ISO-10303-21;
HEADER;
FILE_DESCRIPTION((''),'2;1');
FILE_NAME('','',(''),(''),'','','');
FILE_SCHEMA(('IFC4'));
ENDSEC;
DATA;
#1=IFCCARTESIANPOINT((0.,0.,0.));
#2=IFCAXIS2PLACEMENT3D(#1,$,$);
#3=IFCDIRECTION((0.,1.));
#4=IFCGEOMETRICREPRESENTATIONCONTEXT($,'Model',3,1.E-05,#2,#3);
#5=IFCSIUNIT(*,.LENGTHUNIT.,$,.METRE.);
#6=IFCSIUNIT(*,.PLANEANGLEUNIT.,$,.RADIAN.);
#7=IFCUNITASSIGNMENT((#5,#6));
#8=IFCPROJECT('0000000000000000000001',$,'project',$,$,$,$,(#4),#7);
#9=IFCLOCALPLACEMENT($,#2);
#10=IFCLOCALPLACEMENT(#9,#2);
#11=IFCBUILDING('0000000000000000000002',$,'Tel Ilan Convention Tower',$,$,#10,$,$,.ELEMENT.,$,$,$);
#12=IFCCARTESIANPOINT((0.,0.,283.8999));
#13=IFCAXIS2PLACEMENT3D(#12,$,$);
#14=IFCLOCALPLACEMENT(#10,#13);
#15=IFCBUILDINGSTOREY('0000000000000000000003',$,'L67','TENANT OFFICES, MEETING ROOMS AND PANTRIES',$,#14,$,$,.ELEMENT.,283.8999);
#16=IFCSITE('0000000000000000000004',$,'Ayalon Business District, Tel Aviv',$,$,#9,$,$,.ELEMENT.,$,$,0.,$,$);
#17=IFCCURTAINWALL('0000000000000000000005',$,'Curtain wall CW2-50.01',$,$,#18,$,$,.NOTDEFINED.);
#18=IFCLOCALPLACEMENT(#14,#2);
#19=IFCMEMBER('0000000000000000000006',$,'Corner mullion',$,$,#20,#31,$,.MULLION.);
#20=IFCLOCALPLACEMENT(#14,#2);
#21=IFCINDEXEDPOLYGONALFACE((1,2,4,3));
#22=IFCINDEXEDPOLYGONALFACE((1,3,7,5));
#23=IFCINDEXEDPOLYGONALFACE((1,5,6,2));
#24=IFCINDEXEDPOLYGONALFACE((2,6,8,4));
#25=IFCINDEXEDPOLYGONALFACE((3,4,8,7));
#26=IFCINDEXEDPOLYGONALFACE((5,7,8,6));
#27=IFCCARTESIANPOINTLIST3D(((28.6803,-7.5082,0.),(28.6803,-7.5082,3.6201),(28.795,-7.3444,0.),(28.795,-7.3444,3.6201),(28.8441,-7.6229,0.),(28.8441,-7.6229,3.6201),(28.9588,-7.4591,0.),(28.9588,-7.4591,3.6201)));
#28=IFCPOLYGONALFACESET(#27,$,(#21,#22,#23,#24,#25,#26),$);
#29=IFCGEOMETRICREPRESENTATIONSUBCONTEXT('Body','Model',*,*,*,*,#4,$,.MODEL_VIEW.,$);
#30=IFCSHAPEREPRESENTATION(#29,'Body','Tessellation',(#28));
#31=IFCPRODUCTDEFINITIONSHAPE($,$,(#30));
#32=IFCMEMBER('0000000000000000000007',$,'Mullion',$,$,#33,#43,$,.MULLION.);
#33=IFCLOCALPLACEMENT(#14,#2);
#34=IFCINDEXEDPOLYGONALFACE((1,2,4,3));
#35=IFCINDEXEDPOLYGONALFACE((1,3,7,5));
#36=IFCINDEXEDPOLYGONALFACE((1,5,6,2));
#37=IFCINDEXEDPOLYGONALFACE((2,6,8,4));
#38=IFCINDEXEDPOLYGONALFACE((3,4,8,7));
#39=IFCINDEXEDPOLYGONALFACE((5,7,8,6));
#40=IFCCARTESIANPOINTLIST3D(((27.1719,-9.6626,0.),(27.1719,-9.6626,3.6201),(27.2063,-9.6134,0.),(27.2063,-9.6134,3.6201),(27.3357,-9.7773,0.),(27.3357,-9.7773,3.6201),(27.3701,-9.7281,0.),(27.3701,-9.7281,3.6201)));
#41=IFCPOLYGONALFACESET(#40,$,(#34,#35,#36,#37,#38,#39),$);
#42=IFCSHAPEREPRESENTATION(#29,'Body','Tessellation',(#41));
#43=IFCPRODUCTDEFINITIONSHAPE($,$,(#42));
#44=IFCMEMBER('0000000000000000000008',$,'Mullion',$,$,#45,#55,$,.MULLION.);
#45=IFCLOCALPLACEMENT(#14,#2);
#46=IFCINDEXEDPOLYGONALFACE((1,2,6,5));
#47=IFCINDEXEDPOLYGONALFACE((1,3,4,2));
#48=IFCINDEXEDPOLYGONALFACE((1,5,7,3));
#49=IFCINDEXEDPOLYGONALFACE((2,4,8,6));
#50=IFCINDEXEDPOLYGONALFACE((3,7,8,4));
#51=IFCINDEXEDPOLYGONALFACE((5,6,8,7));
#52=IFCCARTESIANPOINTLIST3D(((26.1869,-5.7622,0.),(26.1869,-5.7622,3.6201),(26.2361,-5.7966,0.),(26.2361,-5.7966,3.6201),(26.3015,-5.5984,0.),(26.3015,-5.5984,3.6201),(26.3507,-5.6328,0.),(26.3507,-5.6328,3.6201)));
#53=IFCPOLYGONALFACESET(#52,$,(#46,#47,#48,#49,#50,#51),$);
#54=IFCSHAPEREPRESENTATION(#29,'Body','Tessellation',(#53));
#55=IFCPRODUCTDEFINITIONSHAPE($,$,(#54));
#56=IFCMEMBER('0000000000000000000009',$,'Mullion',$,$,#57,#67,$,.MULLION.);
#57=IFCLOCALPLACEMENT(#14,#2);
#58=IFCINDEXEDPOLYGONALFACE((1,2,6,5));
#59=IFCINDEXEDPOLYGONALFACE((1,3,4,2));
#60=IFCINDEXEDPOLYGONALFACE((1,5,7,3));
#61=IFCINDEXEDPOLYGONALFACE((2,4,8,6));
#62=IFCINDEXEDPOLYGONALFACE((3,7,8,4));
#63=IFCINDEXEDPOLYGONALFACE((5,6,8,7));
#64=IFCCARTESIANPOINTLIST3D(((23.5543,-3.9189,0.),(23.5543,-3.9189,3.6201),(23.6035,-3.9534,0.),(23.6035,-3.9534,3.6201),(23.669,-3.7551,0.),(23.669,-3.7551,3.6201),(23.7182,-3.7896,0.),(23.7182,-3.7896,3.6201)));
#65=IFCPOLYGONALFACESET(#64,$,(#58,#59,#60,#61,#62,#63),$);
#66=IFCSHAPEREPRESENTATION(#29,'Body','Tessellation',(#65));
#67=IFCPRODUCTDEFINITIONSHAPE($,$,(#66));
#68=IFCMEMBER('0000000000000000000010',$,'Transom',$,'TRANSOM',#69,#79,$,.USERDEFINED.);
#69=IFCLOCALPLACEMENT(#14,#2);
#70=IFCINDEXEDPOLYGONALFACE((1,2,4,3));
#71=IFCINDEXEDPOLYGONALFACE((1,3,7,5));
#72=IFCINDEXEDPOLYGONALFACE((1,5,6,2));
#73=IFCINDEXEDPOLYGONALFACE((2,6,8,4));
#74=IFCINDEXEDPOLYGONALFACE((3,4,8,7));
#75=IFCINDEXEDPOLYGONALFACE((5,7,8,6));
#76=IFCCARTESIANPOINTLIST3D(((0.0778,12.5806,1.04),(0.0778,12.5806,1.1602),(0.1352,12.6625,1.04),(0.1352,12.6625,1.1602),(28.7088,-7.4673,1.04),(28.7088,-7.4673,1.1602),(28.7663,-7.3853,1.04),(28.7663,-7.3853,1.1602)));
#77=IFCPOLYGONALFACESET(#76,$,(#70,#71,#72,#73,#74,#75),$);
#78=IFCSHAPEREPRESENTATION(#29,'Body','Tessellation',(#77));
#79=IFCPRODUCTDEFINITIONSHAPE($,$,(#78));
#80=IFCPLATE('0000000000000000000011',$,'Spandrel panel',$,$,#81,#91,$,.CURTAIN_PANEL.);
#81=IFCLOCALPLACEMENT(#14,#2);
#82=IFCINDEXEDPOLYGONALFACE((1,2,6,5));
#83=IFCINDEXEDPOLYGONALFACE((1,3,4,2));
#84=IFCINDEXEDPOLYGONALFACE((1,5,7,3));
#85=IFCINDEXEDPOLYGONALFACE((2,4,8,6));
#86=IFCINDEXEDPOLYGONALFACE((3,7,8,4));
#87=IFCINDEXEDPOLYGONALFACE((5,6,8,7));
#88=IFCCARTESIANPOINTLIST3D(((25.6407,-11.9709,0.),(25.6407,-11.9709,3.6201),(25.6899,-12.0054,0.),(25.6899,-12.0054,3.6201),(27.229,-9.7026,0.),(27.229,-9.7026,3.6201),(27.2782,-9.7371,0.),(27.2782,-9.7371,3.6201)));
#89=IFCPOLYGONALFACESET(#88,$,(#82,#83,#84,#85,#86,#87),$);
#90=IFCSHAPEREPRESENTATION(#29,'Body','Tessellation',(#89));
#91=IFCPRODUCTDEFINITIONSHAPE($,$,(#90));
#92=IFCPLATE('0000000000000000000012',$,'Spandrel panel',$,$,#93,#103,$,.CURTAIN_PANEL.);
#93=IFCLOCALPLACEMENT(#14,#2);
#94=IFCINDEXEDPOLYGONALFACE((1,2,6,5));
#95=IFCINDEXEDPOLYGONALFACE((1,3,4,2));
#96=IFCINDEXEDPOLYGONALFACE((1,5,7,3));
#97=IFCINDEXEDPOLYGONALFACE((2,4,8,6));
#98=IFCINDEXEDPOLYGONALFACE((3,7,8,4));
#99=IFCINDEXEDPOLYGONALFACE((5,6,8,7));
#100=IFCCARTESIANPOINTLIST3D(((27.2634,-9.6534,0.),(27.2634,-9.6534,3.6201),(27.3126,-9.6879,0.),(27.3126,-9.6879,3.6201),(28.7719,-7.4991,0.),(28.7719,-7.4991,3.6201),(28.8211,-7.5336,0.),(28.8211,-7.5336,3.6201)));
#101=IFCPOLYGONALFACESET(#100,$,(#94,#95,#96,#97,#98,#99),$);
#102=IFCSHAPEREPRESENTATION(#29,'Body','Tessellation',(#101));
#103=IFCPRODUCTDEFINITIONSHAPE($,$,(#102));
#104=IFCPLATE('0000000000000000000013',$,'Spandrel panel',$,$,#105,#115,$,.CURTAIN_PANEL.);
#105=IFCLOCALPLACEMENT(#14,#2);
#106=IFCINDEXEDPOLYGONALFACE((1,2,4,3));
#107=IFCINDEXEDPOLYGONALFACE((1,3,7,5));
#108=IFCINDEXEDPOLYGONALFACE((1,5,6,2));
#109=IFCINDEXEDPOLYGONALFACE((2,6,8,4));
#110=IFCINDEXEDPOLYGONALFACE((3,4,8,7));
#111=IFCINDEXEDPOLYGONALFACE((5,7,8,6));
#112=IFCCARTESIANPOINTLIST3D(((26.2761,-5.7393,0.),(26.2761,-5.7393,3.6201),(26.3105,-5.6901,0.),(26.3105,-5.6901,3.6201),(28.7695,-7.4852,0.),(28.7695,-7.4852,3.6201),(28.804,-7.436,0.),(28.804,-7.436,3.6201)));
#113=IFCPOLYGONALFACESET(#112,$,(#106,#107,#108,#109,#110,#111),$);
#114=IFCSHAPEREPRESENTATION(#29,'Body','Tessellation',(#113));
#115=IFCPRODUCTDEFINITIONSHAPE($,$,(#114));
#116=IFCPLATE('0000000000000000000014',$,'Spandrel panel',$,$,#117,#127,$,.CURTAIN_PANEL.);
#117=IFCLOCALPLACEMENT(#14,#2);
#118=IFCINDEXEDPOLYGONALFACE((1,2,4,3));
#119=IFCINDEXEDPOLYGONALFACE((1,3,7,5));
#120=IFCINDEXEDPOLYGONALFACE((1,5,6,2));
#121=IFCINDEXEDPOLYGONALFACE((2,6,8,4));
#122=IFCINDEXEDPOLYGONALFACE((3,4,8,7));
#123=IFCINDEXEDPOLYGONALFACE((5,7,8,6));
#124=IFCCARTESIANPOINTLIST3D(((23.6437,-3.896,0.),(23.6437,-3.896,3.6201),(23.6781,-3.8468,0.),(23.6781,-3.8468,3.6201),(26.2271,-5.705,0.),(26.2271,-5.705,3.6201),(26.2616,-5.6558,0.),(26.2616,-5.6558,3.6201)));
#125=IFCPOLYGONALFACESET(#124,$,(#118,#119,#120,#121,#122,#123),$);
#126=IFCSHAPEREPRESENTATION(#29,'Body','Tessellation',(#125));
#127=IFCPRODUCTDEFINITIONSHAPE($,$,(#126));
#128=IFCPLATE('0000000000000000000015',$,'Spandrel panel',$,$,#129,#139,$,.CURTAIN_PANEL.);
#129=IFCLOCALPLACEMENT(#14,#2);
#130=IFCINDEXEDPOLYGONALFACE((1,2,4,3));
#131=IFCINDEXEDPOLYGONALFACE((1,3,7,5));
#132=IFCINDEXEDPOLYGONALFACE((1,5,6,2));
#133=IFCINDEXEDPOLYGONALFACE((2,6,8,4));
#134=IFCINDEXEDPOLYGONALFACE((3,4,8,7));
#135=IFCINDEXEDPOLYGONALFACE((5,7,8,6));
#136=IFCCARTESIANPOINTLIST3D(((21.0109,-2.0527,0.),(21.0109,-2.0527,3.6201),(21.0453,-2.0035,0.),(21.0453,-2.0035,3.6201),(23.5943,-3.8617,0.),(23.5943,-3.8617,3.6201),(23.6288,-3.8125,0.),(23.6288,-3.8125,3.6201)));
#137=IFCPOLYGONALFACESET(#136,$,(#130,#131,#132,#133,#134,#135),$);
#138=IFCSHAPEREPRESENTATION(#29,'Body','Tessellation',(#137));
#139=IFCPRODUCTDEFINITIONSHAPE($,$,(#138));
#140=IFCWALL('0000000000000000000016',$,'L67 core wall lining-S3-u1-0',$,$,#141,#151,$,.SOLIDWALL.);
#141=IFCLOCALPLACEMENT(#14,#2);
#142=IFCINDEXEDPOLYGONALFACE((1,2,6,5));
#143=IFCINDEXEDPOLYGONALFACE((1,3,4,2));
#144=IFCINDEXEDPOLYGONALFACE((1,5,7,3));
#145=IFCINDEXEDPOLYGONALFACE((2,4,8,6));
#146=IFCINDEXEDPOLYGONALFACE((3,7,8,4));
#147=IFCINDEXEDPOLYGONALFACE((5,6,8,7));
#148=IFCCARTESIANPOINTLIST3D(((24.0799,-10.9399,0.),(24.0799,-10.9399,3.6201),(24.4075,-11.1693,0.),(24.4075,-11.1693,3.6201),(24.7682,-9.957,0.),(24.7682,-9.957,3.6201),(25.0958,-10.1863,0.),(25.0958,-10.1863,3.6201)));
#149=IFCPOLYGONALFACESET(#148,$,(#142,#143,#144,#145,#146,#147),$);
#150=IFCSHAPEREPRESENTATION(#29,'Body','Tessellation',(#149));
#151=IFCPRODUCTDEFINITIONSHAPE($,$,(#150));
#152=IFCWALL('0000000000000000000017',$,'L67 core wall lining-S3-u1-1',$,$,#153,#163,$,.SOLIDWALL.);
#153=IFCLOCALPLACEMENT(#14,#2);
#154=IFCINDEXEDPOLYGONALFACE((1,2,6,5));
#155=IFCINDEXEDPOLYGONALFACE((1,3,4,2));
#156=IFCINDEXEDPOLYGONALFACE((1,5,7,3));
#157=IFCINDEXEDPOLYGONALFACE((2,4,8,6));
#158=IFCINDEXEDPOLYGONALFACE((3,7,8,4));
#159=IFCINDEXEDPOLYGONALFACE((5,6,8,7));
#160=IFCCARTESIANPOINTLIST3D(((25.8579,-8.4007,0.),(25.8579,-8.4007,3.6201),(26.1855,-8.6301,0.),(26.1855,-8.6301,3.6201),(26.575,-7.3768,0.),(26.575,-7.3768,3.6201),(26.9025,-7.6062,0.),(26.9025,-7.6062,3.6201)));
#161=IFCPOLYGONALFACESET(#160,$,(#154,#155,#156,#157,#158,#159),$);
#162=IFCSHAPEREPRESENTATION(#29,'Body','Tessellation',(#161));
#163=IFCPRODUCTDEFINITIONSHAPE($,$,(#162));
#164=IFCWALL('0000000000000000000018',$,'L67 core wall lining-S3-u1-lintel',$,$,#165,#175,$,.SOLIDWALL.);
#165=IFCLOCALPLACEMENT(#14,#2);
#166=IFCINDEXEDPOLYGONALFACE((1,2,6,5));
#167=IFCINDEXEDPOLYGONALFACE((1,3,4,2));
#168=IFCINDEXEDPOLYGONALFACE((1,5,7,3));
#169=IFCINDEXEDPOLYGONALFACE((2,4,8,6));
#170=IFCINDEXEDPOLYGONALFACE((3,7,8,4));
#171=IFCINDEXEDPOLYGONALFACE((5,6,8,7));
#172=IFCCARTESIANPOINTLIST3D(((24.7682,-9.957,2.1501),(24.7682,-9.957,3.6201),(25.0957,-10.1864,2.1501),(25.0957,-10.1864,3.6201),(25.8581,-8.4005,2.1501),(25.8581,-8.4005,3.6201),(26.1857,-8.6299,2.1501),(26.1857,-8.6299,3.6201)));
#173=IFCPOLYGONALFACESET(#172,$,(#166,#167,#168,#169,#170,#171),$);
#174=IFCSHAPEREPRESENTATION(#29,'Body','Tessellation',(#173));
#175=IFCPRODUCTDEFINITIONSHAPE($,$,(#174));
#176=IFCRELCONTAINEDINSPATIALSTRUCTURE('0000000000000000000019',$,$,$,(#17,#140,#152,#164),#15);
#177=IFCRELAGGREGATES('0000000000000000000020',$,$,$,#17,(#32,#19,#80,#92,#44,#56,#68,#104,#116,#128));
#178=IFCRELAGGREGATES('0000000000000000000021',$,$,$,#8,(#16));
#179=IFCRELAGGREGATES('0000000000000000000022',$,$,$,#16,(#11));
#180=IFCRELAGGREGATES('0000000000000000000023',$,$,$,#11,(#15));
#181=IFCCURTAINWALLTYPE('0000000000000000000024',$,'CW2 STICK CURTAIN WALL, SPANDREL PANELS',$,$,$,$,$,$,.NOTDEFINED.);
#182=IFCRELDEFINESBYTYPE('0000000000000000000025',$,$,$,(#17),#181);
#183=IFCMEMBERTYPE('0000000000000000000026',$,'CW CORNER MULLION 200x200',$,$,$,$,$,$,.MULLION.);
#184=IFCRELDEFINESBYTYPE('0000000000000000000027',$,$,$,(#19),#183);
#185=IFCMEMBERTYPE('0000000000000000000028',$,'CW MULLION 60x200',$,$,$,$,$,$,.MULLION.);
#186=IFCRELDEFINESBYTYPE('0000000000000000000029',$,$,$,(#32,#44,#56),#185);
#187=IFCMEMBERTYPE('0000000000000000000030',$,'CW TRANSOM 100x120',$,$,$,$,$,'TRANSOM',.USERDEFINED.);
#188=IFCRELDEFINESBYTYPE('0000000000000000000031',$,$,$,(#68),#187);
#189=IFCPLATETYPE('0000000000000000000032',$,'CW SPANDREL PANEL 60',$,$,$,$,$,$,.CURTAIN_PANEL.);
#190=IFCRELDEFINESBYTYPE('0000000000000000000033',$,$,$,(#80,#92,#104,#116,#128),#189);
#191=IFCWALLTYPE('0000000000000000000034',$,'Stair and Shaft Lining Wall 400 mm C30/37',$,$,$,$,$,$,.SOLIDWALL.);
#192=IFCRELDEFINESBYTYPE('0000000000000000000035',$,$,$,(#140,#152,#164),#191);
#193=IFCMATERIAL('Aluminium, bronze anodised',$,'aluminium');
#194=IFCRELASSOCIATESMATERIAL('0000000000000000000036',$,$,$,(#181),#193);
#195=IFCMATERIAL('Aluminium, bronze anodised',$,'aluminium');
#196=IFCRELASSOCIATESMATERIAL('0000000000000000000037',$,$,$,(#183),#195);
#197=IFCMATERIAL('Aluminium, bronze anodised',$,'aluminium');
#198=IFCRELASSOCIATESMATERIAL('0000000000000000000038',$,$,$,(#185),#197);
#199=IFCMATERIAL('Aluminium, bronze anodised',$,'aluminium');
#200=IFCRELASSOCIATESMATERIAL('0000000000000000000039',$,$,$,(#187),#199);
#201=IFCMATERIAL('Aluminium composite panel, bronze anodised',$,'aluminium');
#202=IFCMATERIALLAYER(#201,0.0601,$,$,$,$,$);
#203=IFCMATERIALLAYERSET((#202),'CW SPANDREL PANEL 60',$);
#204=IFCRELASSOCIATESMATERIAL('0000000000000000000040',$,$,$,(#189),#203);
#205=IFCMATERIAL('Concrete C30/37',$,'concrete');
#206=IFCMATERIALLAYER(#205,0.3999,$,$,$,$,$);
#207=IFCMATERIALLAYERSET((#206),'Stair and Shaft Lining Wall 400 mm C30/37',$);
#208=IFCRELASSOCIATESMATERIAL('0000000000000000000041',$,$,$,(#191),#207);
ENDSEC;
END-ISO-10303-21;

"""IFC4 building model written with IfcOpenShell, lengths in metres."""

from ifc_helpers import new_model, si_unit, direction, frame, frame_2d, origin, origin_2d, place, context, subcontext, project, spatial, rectangle, extrude, material, layer, layer_set, material_profile, profile_set, type_object, element, aggregate, save


model = new_model("IFC4")

# Units and contexts
model_context = context("Model", 3, precision=1e-05, world=origin(), true_north=direction((0.0, 1.0)))
body_context = subcontext(model_context, "Body", "Model", "MODEL_VIEW")
ifc_project = project(units=[si_unit("LENGTHUNIT", "METRE"), si_unit("PLANEANGLEUNIT", "RADIAN")], contexts=[model_context])

# Site, building, storey
site_placement = place(None, origin())
site = spatial("IfcSite", under=ifc_project, at=site_placement, Name="Ayalon Business District, Tel Aviv", CompositionType="ELEMENT", RefElevation=0.0)
building_placement = place(site_placement, origin())
building = spatial("IfcBuilding", under=site, at=building_placement, Name="Tel Ilan Convention Tower", CompositionType="ELEMENT")
storey_placement = place(building_placement, frame((0.0, 0.0, 283.8999)))
storey = spatial("IfcBuildingStorey", under=building, at=storey_placement, Name="L67", Description="TENANT OFFICES, MEETING ROOMS AND PANTRIES", CompositionType="ELEMENT", Elevation=283.8999)

# Curtain wall, members, plates
ifc_material_1 = material(Name="Aluminium, bronze anodised", Category="aluminium")
curtain_wall_type = type_object("IfcCurtainWallType", Name="CW2 STICK CURTAIN WALL, SPANDREL PANELS", PredefinedType="NOTDEFINED", material=ifc_material_1)
curtain_wall_placement = place(storey_placement, origin())
curtain_wall = element("IfcCurtainWall", 1, at=curtain_wall_placement, inside=storey, type_object=curtain_wall_type, Name="Curtain wall CW2-50.01", PredefinedType="NOTDEFINED")
ifc_material_2 = material(Name="Aluminium, bronze anodised", Category="aluminium")
ifc_material_profile_1 = material_profile(ifc_material_2, rectangle(XDim=0.2, YDim=0.2, at=origin_2d()), Name="CW CORNER MULLION 200x200")
ifc_profile_set_1 = profile_set([ifc_material_profile_1], Name="Aluminium, bronze anodised")
member_type_1 = type_object("IfcMemberType", Name="CW CORNER MULLION 200x200", PredefinedType="MULLION", material=ifc_profile_set_1)
member_1_placement = place(storey_placement, frame((28.8196, -7.4836, 0.0), z_axis=(0.0, 0.0, 1.0), x_axis=(0.573576, 0.819152, 0.0)))
member_1 = element("IfcMember", 2, at=member_1_placement, type_object=member_type_1, Name="Corner mullion", PredefinedType="MULLION", context=body_context, shape_type="SweptSolid", body=[
    extrude(rectangle(XDim=0.2, YDim=0.2, at=origin_2d()), origin(), (0.0, 0.0, 1.0), 3.6201),
])
ifc_material_3 = material(Name="Aluminium, bronze anodised", Category="aluminium")
ifc_material_profile_2 = material_profile(ifc_material_3, rectangle(XDim=0.0601, YDim=0.2, at=origin_2d()), Name="CW MULLION 60x200")
ifc_profile_set_2 = profile_set([ifc_material_profile_2], Name="Aluminium, bronze anodised")
member_type_2 = type_object("IfcMemberType", Name="CW MULLION 60x200", PredefinedType="MULLION", material=ifc_profile_set_2)
member_2_placement = place(storey_placement, frame((27.271, -9.6953, 0.0), z_axis=(0.0, 0.0, 1.0), x_axis=(0.573576, 0.819152, 0.0)))
member_2 = element("IfcMember", 3, at=member_2_placement, type_object=member_type_2, Name="Mullion", PredefinedType="MULLION", context=body_context, shape_type="SweptSolid", body=[
    extrude(rectangle(XDim=0.0601, YDim=0.2, at=origin_2d()), origin(), (0.0, 0.0, 1.0), 3.6201),
])
member_3_placement = place(storey_placement, frame((26.2688, -5.6975, 0.0), z_axis=(0.0, 0.0, 1.0), x_axis=(-0.819152, 0.573576, 0.0)))
member_3 = element("IfcMember", 4, at=member_3_placement, type_object=member_type_2, Name="Mullion", PredefinedType="MULLION", context=body_context, shape_type="SweptSolid", body=[
    extrude(rectangle(XDim=0.0601, YDim=0.2, at=origin_2d()), origin(), (0.0, 0.0, 1.0), 3.6201),
])
member_4_placement = place(storey_placement, frame((23.6362, -3.8542, 0.0), z_axis=(0.0, 0.0, 1.0), x_axis=(-0.819152, 0.573576, 0.0)))
member_4 = element("IfcMember", 5, at=member_4_placement, type_object=member_type_2, Name="Mullion", PredefinedType="MULLION", context=body_context, shape_type="SweptSolid", body=[
    extrude(rectangle(XDim=0.0601, YDim=0.2, at=origin_2d()), origin(), (0.0, 0.0, 1.0), 3.6201),
])
ifc_material_4 = material(Name="Aluminium, bronze anodised", Category="aluminium")
ifc_material_profile_3 = material_profile(ifc_material_4, rectangle(XDim=0.1001, YDim=0.1201, at=origin_2d()), Name="CW TRANSOM 100x120")
ifc_profile_set_3 = profile_set([ifc_material_profile_3], Name="Aluminium, bronze anodised")
member_type_3 = type_object("IfcMemberType", Name="CW TRANSOM 100x120", ElementType="TRANSOM", PredefinedType="USERDEFINED", material=ifc_profile_set_3)
member_5_placement = place(storey_placement, frame((28.7375, -7.4263, 1.1001), z_axis=(-0.81915, 0.573579, 0.0), x_axis=(-0.573579, -0.81915, 0.0)))
member_5 = element("IfcMember", 6, at=member_5_placement, type_object=member_type_3, Name="Transom", ObjectType="TRANSOM", PredefinedType="USERDEFINED", context=body_context, shape_type="SweptSolid", body=[
    extrude(rectangle(XDim=0.1001, YDim=0.1201, at=origin_2d()), origin(), (0.0, 0.0, 1.0), 34.9521),
])
ifc_material_5 = material(Name="Aluminium composite panel, bronze anodised", Category="aluminium")
ifc_layer_1 = layer(ifc_material_5, 0.0601)
ifc_layer_set_1 = layer_set([ifc_layer_1], Name="CW SPANDREL PANEL 60")
plate_type = type_object("IfcPlateType", Name="CW SPANDREL PANEL 60", PredefinedType="CURTAIN_PANEL", material=ifc_layer_set_1)
plate_1_placement = place(storey_placement, frame((26.4595, -10.854, 0.0), z_axis=(0.0, 0.0, 1.0), x_axis=(0.573576, 0.819152, 0.0)))
plate_1 = element("IfcPlate", 7, at=plate_1_placement, type_object=plate_type, Name="Spandrel panel", PredefinedType="CURTAIN_PANEL", context=body_context, shape_type="SweptSolid", body=[
    extrude(rectangle(XDim=2.769, YDim=0.0601, at=origin_2d()), origin(), (0.0, 0.0, 1.0), 3.6201),
])
plate_2_placement = place(storey_placement, frame((28.0422, -8.5935, 0.0), z_axis=(0.0, 0.0, 1.0), x_axis=(0.573576, 0.819152, 0.0)))
plate_2 = element("IfcPlate", 8, at=plate_2_placement, type_object=plate_type, Name="Spandrel panel", PredefinedType="CURTAIN_PANEL", context=body_context, shape_type="SweptSolid", body=[
    extrude(rectangle(XDim=2.6299, YDim=0.0601, at=origin_2d()), origin(), (0.0, 0.0, 1.0), 3.6201),
])
plate_3_placement = place(storey_placement, frame((27.54, -6.5876, 0.0), z_axis=(0.0, 0.0, 1.0), x_axis=(-0.819152, 0.573576, 0.0)))
plate_3 = element("IfcPlate", 9, at=plate_3_placement, type_object=plate_type, Name="Spandrel panel", PredefinedType="CURTAIN_PANEL", context=body_context, shape_type="SweptSolid", body=[
    extrude(rectangle(XDim=3.0439, YDim=0.0601, at=origin_2d()), origin(), (0.0, 0.0, 1.0), 3.6201),
])
plate_4_placement = place(storey_placement, frame((24.9526, -4.7759, 0.0), z_axis=(0.0, 0.0, 1.0), x_axis=(-0.819152, 0.573576, 0.0)))
plate_4 = element("IfcPlate", 10, at=plate_4_placement, type_object=plate_type, Name="Spandrel panel", PredefinedType="CURTAIN_PANEL", context=body_context, shape_type="SweptSolid", body=[
    extrude(rectangle(XDim=3.1538, YDim=0.0601, at=origin_2d()), origin(), (0.0, 0.0, 1.0), 3.6201),
])
plate_5_placement = place(storey_placement, frame((22.3198, -2.9326, 0.0), z_axis=(0.0, 0.0, 1.0), x_axis=(-0.819152, 0.573576, 0.0)))
plate_5 = element("IfcPlate", 11, at=plate_5_placement, type_object=plate_type, Name="Spandrel panel", PredefinedType="CURTAIN_PANEL", context=body_context, shape_type="SweptSolid", body=[
    extrude(rectangle(XDim=3.1538, YDim=0.0601, at=origin_2d()), origin(), (0.0, 0.0, 1.0), 3.6201),
])
aggregate(curtain_wall, [member_2, member_1, plate_1, plate_2, member_3, member_4, member_5, plate_3, plate_4, plate_5])

# Walls
ifc_material_6 = material(Name="Concrete C30/37", Category="concrete")
ifc_layer_2 = layer(ifc_material_6, 0.3999)
ifc_layer_set_2 = layer_set([ifc_layer_2], Name="Stair and Shaft Lining Wall 400 mm C30/37")
wall_type = type_object("IfcWallType", Name="Stair and Shaft Lining Wall 400 mm C30/37", PredefinedType="SOLIDWALL", material=ifc_layer_set_2)
wall_1_placement = place(storey_placement, frame((24.2437, -11.0547, 0.0), z_axis=(0.0, 0.0, 1.0), x_axis=(0.573572, 0.819155, 0.0)))
element("IfcWall", 12, at=wall_1_placement, inside=storey, type_object=wall_type, Name="L67 core wall lining-S3-u1-0", PredefinedType="SOLIDWALL", context=body_context, shape_type="SweptSolid", body=[
    extrude(rectangle(XDim=1.2, YDim=0.3999, at=frame_2d((0.6001, 0.0))), origin(), (0.0, 0.0, 1.0), 3.6201),
])
wall_2_placement = place(storey_placement, frame((26.0217, -8.5154, 0.0), z_axis=(0.0, 0.0, 1.0), x_axis=(0.57362, 0.819122, 0.0)))
element("IfcWall", 13, at=wall_2_placement, inside=storey, type_object=wall_type, Name="L67 core wall lining-S3-u1-1", PredefinedType="SOLIDWALL", context=body_context, shape_type="SweptSolid", body=[
    extrude(rectangle(XDim=1.25, YDim=0.3999, at=frame_2d((0.625, 0.0))), origin(), (0.0, 0.0, 1.0), 3.6201),
])
wall_3_placement = place(storey_placement, frame((24.9319, -10.0718, 2.1501), z_axis=(0.0, 0.0, 1.0), x_axis=(0.573592, 0.819141, 0.0)))
element("IfcWall", 14, at=wall_3_placement, inside=storey, type_object=wall_type, Name="L67 core wall lining-S3-u1-lintel", PredefinedType="SOLIDWALL", context=body_context, shape_type="SweptSolid", body=[
    extrude(rectangle(XDim=1.9001, YDim=0.3999, at=frame_2d((0.9502, 0.0))), origin(), (0.0, 0.0, 1.0), 1.47),
])

save(model, "model.ifc")
